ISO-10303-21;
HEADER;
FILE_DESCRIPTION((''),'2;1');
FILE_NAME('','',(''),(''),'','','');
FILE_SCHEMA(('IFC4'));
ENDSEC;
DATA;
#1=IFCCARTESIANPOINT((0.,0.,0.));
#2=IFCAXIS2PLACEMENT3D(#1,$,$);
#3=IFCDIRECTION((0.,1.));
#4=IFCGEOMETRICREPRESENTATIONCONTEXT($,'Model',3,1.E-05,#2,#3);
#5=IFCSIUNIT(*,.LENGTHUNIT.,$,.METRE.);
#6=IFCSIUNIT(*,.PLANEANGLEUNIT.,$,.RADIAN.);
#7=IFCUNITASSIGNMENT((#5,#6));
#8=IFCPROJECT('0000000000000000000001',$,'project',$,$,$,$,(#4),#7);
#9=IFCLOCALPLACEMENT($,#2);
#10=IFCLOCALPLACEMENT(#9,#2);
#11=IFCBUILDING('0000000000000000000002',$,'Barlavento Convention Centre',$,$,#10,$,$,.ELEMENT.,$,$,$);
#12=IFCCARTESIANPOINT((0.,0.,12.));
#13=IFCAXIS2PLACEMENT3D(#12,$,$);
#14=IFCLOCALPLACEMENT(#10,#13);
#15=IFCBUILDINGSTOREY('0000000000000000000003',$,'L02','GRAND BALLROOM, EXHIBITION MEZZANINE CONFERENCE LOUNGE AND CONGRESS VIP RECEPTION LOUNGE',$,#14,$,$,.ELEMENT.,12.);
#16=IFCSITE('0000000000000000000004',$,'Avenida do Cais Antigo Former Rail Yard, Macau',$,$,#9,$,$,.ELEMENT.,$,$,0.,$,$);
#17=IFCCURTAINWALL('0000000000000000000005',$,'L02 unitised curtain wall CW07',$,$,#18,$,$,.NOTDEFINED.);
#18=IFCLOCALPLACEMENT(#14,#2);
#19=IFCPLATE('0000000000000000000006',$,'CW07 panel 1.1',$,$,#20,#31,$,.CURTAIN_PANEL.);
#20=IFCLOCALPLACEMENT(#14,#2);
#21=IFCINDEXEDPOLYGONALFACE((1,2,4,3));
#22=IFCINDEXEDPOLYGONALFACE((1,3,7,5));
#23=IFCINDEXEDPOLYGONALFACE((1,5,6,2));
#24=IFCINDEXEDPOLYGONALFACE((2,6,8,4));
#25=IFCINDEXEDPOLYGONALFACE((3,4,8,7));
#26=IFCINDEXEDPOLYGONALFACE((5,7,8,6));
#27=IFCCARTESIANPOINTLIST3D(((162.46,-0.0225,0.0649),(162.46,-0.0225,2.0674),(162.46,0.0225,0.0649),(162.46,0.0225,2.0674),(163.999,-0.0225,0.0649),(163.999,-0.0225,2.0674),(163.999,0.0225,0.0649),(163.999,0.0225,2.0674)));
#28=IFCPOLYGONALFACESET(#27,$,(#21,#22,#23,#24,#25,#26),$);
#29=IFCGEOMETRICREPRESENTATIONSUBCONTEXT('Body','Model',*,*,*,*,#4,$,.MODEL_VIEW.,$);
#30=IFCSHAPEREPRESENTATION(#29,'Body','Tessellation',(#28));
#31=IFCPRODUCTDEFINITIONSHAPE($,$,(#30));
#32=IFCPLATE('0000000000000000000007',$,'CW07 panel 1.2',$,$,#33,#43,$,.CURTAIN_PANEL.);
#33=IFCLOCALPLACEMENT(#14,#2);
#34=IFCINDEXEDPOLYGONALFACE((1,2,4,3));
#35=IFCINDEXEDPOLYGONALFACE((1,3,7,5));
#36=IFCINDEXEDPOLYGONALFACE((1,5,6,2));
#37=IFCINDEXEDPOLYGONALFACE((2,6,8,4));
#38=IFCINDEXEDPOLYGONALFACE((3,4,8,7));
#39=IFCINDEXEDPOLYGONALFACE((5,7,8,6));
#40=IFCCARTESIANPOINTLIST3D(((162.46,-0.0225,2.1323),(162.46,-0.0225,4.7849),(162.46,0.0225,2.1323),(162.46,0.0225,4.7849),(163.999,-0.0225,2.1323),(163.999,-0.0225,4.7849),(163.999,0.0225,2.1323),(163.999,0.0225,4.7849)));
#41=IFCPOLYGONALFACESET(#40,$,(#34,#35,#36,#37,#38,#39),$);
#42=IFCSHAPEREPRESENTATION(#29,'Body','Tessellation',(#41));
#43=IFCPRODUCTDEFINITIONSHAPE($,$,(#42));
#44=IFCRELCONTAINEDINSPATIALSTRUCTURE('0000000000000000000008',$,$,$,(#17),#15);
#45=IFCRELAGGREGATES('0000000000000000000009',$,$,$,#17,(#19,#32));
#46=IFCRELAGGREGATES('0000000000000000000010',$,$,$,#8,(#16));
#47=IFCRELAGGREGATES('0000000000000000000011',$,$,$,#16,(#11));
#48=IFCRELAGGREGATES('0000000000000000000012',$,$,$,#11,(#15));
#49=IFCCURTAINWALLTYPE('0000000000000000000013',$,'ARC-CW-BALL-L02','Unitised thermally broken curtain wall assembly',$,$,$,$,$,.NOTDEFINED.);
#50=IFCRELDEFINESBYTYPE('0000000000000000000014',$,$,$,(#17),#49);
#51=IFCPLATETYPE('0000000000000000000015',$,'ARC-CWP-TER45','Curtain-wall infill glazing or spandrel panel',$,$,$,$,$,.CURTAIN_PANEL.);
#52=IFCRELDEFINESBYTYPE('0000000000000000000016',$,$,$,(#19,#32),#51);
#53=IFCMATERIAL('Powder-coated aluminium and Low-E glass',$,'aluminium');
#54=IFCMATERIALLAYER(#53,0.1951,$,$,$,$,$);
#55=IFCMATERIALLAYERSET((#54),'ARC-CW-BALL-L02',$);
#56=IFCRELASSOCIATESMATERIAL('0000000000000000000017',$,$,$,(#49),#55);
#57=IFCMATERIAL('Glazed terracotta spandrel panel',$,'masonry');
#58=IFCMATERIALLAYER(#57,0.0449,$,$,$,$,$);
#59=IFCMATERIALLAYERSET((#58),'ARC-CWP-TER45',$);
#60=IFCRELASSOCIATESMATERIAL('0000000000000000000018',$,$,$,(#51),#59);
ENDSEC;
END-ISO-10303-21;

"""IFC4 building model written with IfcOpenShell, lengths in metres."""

from ifc_helpers import new_model, si_unit, direction, frame, origin, origin_2d, place, context, subcontext, project, spatial, rectangle, extrude, material, layer, layer_set, type_object, element, aggregate, save


model = new_model("IFC4")

# Units and contexts
model_context = context("Model", 3, precision=1e-05, world=origin(), true_north=direction((0.0, 1.0)))
body_context = subcontext(model_context, "Body", "Model", "MODEL_VIEW")
ifc_project = project(units=[si_unit("LENGTHUNIT", "METRE"), si_unit("PLANEANGLEUNIT", "RADIAN")], contexts=[model_context])

# Site, building, storey
site_placement = place(None, origin())
site = spatial("IfcSite", under=ifc_project, at=site_placement, Name="Avenida do Cais Antigo Former Rail Yard, Macau", CompositionType="ELEMENT", RefElevation=0.0)
building_placement = place(site_placement, origin())
building = spatial("IfcBuilding", under=site, at=building_placement, Name="Barlavento Convention Centre", CompositionType="ELEMENT")
storey_placement = place(building_placement, frame((0.0, 0.0, 12.0)))
storey = spatial("IfcBuildingStorey", under=building, at=storey_placement, Name="L02", Description="GRAND BALLROOM, EXHIBITION MEZZANINE CONFERENCE LOUNGE AND CONGRESS VIP RECEPTION LOUNGE", CompositionType="ELEMENT", Elevation=12.0)

# Curtain wall
ifc_material_1 = material(Name="Powder-coated aluminium and Low-E glass", Category="aluminium")
ifc_layer_1 = layer(ifc_material_1, 0.1951)
ifc_layer_set_1 = layer_set([ifc_layer_1], Name="ARC-CW-BALL-L02")
curtain_wall_type = type_object("IfcCurtainWallType", Name="ARC-CW-BALL-L02", Description="Unitised thermally broken curtain wall assembly", PredefinedType="NOTDEFINED", material=ifc_layer_set_1)
curtain_wall_placement = place(storey_placement, origin())
curtain_wall = element("IfcCurtainWall", 1, at=curtain_wall_placement, inside=storey, type_object=curtain_wall_type, Name="L02 unitised curtain wall CW07", PredefinedType="NOTDEFINED")

# Plates
ifc_material_2 = material(Name="Glazed terracotta spandrel panel", Category="masonry")
ifc_layer_2 = layer(ifc_material_2, 0.0449)
ifc_layer_set_2 = layer_set([ifc_layer_2], Name="ARC-CWP-TER45")
plate_type = type_object("IfcPlateType", Name="ARC-CWP-TER45", Description="Curtain-wall infill glazing or spandrel panel", PredefinedType="CURTAIN_PANEL", material=ifc_layer_set_2)
plate_1_placement = place(storey_placement, frame((163.2295, 0.0, 0.0649), z_axis=(0.0, 0.0, 1.0), x_axis=(1.0, 0.0, 0.0)))
plate_1 = element("IfcPlate", 2, at=plate_1_placement, type_object=plate_type, Name="CW07 panel 1.1", PredefinedType="CURTAIN_PANEL", context=body_context, shape_type="SweptSolid", body=[
    extrude(rectangle(XDim=1.5391, YDim=0.0449, at=origin_2d()), origin(), (0.0, 0.0, 1.0), 2.0024),
])
plate_2_placement = place(storey_placement, frame((163.2295, 0.0, 2.1323), z_axis=(0.0, 0.0, 1.0), x_axis=(1.0, 0.0, 0.0)))
plate_2 = element("IfcPlate", 3, at=plate_2_placement, type_object=plate_type, Name="CW07 panel 1.2", PredefinedType="CURTAIN_PANEL", context=body_context, shape_type="SweptSolid", body=[
    extrude(rectangle(XDim=1.5391, YDim=0.0449, at=origin_2d()), origin(), (0.0, 0.0, 1.0), 2.6526),
])
aggregate(curtain_wall, [plate_1, plate_2])

save(model, "model.ifc")
